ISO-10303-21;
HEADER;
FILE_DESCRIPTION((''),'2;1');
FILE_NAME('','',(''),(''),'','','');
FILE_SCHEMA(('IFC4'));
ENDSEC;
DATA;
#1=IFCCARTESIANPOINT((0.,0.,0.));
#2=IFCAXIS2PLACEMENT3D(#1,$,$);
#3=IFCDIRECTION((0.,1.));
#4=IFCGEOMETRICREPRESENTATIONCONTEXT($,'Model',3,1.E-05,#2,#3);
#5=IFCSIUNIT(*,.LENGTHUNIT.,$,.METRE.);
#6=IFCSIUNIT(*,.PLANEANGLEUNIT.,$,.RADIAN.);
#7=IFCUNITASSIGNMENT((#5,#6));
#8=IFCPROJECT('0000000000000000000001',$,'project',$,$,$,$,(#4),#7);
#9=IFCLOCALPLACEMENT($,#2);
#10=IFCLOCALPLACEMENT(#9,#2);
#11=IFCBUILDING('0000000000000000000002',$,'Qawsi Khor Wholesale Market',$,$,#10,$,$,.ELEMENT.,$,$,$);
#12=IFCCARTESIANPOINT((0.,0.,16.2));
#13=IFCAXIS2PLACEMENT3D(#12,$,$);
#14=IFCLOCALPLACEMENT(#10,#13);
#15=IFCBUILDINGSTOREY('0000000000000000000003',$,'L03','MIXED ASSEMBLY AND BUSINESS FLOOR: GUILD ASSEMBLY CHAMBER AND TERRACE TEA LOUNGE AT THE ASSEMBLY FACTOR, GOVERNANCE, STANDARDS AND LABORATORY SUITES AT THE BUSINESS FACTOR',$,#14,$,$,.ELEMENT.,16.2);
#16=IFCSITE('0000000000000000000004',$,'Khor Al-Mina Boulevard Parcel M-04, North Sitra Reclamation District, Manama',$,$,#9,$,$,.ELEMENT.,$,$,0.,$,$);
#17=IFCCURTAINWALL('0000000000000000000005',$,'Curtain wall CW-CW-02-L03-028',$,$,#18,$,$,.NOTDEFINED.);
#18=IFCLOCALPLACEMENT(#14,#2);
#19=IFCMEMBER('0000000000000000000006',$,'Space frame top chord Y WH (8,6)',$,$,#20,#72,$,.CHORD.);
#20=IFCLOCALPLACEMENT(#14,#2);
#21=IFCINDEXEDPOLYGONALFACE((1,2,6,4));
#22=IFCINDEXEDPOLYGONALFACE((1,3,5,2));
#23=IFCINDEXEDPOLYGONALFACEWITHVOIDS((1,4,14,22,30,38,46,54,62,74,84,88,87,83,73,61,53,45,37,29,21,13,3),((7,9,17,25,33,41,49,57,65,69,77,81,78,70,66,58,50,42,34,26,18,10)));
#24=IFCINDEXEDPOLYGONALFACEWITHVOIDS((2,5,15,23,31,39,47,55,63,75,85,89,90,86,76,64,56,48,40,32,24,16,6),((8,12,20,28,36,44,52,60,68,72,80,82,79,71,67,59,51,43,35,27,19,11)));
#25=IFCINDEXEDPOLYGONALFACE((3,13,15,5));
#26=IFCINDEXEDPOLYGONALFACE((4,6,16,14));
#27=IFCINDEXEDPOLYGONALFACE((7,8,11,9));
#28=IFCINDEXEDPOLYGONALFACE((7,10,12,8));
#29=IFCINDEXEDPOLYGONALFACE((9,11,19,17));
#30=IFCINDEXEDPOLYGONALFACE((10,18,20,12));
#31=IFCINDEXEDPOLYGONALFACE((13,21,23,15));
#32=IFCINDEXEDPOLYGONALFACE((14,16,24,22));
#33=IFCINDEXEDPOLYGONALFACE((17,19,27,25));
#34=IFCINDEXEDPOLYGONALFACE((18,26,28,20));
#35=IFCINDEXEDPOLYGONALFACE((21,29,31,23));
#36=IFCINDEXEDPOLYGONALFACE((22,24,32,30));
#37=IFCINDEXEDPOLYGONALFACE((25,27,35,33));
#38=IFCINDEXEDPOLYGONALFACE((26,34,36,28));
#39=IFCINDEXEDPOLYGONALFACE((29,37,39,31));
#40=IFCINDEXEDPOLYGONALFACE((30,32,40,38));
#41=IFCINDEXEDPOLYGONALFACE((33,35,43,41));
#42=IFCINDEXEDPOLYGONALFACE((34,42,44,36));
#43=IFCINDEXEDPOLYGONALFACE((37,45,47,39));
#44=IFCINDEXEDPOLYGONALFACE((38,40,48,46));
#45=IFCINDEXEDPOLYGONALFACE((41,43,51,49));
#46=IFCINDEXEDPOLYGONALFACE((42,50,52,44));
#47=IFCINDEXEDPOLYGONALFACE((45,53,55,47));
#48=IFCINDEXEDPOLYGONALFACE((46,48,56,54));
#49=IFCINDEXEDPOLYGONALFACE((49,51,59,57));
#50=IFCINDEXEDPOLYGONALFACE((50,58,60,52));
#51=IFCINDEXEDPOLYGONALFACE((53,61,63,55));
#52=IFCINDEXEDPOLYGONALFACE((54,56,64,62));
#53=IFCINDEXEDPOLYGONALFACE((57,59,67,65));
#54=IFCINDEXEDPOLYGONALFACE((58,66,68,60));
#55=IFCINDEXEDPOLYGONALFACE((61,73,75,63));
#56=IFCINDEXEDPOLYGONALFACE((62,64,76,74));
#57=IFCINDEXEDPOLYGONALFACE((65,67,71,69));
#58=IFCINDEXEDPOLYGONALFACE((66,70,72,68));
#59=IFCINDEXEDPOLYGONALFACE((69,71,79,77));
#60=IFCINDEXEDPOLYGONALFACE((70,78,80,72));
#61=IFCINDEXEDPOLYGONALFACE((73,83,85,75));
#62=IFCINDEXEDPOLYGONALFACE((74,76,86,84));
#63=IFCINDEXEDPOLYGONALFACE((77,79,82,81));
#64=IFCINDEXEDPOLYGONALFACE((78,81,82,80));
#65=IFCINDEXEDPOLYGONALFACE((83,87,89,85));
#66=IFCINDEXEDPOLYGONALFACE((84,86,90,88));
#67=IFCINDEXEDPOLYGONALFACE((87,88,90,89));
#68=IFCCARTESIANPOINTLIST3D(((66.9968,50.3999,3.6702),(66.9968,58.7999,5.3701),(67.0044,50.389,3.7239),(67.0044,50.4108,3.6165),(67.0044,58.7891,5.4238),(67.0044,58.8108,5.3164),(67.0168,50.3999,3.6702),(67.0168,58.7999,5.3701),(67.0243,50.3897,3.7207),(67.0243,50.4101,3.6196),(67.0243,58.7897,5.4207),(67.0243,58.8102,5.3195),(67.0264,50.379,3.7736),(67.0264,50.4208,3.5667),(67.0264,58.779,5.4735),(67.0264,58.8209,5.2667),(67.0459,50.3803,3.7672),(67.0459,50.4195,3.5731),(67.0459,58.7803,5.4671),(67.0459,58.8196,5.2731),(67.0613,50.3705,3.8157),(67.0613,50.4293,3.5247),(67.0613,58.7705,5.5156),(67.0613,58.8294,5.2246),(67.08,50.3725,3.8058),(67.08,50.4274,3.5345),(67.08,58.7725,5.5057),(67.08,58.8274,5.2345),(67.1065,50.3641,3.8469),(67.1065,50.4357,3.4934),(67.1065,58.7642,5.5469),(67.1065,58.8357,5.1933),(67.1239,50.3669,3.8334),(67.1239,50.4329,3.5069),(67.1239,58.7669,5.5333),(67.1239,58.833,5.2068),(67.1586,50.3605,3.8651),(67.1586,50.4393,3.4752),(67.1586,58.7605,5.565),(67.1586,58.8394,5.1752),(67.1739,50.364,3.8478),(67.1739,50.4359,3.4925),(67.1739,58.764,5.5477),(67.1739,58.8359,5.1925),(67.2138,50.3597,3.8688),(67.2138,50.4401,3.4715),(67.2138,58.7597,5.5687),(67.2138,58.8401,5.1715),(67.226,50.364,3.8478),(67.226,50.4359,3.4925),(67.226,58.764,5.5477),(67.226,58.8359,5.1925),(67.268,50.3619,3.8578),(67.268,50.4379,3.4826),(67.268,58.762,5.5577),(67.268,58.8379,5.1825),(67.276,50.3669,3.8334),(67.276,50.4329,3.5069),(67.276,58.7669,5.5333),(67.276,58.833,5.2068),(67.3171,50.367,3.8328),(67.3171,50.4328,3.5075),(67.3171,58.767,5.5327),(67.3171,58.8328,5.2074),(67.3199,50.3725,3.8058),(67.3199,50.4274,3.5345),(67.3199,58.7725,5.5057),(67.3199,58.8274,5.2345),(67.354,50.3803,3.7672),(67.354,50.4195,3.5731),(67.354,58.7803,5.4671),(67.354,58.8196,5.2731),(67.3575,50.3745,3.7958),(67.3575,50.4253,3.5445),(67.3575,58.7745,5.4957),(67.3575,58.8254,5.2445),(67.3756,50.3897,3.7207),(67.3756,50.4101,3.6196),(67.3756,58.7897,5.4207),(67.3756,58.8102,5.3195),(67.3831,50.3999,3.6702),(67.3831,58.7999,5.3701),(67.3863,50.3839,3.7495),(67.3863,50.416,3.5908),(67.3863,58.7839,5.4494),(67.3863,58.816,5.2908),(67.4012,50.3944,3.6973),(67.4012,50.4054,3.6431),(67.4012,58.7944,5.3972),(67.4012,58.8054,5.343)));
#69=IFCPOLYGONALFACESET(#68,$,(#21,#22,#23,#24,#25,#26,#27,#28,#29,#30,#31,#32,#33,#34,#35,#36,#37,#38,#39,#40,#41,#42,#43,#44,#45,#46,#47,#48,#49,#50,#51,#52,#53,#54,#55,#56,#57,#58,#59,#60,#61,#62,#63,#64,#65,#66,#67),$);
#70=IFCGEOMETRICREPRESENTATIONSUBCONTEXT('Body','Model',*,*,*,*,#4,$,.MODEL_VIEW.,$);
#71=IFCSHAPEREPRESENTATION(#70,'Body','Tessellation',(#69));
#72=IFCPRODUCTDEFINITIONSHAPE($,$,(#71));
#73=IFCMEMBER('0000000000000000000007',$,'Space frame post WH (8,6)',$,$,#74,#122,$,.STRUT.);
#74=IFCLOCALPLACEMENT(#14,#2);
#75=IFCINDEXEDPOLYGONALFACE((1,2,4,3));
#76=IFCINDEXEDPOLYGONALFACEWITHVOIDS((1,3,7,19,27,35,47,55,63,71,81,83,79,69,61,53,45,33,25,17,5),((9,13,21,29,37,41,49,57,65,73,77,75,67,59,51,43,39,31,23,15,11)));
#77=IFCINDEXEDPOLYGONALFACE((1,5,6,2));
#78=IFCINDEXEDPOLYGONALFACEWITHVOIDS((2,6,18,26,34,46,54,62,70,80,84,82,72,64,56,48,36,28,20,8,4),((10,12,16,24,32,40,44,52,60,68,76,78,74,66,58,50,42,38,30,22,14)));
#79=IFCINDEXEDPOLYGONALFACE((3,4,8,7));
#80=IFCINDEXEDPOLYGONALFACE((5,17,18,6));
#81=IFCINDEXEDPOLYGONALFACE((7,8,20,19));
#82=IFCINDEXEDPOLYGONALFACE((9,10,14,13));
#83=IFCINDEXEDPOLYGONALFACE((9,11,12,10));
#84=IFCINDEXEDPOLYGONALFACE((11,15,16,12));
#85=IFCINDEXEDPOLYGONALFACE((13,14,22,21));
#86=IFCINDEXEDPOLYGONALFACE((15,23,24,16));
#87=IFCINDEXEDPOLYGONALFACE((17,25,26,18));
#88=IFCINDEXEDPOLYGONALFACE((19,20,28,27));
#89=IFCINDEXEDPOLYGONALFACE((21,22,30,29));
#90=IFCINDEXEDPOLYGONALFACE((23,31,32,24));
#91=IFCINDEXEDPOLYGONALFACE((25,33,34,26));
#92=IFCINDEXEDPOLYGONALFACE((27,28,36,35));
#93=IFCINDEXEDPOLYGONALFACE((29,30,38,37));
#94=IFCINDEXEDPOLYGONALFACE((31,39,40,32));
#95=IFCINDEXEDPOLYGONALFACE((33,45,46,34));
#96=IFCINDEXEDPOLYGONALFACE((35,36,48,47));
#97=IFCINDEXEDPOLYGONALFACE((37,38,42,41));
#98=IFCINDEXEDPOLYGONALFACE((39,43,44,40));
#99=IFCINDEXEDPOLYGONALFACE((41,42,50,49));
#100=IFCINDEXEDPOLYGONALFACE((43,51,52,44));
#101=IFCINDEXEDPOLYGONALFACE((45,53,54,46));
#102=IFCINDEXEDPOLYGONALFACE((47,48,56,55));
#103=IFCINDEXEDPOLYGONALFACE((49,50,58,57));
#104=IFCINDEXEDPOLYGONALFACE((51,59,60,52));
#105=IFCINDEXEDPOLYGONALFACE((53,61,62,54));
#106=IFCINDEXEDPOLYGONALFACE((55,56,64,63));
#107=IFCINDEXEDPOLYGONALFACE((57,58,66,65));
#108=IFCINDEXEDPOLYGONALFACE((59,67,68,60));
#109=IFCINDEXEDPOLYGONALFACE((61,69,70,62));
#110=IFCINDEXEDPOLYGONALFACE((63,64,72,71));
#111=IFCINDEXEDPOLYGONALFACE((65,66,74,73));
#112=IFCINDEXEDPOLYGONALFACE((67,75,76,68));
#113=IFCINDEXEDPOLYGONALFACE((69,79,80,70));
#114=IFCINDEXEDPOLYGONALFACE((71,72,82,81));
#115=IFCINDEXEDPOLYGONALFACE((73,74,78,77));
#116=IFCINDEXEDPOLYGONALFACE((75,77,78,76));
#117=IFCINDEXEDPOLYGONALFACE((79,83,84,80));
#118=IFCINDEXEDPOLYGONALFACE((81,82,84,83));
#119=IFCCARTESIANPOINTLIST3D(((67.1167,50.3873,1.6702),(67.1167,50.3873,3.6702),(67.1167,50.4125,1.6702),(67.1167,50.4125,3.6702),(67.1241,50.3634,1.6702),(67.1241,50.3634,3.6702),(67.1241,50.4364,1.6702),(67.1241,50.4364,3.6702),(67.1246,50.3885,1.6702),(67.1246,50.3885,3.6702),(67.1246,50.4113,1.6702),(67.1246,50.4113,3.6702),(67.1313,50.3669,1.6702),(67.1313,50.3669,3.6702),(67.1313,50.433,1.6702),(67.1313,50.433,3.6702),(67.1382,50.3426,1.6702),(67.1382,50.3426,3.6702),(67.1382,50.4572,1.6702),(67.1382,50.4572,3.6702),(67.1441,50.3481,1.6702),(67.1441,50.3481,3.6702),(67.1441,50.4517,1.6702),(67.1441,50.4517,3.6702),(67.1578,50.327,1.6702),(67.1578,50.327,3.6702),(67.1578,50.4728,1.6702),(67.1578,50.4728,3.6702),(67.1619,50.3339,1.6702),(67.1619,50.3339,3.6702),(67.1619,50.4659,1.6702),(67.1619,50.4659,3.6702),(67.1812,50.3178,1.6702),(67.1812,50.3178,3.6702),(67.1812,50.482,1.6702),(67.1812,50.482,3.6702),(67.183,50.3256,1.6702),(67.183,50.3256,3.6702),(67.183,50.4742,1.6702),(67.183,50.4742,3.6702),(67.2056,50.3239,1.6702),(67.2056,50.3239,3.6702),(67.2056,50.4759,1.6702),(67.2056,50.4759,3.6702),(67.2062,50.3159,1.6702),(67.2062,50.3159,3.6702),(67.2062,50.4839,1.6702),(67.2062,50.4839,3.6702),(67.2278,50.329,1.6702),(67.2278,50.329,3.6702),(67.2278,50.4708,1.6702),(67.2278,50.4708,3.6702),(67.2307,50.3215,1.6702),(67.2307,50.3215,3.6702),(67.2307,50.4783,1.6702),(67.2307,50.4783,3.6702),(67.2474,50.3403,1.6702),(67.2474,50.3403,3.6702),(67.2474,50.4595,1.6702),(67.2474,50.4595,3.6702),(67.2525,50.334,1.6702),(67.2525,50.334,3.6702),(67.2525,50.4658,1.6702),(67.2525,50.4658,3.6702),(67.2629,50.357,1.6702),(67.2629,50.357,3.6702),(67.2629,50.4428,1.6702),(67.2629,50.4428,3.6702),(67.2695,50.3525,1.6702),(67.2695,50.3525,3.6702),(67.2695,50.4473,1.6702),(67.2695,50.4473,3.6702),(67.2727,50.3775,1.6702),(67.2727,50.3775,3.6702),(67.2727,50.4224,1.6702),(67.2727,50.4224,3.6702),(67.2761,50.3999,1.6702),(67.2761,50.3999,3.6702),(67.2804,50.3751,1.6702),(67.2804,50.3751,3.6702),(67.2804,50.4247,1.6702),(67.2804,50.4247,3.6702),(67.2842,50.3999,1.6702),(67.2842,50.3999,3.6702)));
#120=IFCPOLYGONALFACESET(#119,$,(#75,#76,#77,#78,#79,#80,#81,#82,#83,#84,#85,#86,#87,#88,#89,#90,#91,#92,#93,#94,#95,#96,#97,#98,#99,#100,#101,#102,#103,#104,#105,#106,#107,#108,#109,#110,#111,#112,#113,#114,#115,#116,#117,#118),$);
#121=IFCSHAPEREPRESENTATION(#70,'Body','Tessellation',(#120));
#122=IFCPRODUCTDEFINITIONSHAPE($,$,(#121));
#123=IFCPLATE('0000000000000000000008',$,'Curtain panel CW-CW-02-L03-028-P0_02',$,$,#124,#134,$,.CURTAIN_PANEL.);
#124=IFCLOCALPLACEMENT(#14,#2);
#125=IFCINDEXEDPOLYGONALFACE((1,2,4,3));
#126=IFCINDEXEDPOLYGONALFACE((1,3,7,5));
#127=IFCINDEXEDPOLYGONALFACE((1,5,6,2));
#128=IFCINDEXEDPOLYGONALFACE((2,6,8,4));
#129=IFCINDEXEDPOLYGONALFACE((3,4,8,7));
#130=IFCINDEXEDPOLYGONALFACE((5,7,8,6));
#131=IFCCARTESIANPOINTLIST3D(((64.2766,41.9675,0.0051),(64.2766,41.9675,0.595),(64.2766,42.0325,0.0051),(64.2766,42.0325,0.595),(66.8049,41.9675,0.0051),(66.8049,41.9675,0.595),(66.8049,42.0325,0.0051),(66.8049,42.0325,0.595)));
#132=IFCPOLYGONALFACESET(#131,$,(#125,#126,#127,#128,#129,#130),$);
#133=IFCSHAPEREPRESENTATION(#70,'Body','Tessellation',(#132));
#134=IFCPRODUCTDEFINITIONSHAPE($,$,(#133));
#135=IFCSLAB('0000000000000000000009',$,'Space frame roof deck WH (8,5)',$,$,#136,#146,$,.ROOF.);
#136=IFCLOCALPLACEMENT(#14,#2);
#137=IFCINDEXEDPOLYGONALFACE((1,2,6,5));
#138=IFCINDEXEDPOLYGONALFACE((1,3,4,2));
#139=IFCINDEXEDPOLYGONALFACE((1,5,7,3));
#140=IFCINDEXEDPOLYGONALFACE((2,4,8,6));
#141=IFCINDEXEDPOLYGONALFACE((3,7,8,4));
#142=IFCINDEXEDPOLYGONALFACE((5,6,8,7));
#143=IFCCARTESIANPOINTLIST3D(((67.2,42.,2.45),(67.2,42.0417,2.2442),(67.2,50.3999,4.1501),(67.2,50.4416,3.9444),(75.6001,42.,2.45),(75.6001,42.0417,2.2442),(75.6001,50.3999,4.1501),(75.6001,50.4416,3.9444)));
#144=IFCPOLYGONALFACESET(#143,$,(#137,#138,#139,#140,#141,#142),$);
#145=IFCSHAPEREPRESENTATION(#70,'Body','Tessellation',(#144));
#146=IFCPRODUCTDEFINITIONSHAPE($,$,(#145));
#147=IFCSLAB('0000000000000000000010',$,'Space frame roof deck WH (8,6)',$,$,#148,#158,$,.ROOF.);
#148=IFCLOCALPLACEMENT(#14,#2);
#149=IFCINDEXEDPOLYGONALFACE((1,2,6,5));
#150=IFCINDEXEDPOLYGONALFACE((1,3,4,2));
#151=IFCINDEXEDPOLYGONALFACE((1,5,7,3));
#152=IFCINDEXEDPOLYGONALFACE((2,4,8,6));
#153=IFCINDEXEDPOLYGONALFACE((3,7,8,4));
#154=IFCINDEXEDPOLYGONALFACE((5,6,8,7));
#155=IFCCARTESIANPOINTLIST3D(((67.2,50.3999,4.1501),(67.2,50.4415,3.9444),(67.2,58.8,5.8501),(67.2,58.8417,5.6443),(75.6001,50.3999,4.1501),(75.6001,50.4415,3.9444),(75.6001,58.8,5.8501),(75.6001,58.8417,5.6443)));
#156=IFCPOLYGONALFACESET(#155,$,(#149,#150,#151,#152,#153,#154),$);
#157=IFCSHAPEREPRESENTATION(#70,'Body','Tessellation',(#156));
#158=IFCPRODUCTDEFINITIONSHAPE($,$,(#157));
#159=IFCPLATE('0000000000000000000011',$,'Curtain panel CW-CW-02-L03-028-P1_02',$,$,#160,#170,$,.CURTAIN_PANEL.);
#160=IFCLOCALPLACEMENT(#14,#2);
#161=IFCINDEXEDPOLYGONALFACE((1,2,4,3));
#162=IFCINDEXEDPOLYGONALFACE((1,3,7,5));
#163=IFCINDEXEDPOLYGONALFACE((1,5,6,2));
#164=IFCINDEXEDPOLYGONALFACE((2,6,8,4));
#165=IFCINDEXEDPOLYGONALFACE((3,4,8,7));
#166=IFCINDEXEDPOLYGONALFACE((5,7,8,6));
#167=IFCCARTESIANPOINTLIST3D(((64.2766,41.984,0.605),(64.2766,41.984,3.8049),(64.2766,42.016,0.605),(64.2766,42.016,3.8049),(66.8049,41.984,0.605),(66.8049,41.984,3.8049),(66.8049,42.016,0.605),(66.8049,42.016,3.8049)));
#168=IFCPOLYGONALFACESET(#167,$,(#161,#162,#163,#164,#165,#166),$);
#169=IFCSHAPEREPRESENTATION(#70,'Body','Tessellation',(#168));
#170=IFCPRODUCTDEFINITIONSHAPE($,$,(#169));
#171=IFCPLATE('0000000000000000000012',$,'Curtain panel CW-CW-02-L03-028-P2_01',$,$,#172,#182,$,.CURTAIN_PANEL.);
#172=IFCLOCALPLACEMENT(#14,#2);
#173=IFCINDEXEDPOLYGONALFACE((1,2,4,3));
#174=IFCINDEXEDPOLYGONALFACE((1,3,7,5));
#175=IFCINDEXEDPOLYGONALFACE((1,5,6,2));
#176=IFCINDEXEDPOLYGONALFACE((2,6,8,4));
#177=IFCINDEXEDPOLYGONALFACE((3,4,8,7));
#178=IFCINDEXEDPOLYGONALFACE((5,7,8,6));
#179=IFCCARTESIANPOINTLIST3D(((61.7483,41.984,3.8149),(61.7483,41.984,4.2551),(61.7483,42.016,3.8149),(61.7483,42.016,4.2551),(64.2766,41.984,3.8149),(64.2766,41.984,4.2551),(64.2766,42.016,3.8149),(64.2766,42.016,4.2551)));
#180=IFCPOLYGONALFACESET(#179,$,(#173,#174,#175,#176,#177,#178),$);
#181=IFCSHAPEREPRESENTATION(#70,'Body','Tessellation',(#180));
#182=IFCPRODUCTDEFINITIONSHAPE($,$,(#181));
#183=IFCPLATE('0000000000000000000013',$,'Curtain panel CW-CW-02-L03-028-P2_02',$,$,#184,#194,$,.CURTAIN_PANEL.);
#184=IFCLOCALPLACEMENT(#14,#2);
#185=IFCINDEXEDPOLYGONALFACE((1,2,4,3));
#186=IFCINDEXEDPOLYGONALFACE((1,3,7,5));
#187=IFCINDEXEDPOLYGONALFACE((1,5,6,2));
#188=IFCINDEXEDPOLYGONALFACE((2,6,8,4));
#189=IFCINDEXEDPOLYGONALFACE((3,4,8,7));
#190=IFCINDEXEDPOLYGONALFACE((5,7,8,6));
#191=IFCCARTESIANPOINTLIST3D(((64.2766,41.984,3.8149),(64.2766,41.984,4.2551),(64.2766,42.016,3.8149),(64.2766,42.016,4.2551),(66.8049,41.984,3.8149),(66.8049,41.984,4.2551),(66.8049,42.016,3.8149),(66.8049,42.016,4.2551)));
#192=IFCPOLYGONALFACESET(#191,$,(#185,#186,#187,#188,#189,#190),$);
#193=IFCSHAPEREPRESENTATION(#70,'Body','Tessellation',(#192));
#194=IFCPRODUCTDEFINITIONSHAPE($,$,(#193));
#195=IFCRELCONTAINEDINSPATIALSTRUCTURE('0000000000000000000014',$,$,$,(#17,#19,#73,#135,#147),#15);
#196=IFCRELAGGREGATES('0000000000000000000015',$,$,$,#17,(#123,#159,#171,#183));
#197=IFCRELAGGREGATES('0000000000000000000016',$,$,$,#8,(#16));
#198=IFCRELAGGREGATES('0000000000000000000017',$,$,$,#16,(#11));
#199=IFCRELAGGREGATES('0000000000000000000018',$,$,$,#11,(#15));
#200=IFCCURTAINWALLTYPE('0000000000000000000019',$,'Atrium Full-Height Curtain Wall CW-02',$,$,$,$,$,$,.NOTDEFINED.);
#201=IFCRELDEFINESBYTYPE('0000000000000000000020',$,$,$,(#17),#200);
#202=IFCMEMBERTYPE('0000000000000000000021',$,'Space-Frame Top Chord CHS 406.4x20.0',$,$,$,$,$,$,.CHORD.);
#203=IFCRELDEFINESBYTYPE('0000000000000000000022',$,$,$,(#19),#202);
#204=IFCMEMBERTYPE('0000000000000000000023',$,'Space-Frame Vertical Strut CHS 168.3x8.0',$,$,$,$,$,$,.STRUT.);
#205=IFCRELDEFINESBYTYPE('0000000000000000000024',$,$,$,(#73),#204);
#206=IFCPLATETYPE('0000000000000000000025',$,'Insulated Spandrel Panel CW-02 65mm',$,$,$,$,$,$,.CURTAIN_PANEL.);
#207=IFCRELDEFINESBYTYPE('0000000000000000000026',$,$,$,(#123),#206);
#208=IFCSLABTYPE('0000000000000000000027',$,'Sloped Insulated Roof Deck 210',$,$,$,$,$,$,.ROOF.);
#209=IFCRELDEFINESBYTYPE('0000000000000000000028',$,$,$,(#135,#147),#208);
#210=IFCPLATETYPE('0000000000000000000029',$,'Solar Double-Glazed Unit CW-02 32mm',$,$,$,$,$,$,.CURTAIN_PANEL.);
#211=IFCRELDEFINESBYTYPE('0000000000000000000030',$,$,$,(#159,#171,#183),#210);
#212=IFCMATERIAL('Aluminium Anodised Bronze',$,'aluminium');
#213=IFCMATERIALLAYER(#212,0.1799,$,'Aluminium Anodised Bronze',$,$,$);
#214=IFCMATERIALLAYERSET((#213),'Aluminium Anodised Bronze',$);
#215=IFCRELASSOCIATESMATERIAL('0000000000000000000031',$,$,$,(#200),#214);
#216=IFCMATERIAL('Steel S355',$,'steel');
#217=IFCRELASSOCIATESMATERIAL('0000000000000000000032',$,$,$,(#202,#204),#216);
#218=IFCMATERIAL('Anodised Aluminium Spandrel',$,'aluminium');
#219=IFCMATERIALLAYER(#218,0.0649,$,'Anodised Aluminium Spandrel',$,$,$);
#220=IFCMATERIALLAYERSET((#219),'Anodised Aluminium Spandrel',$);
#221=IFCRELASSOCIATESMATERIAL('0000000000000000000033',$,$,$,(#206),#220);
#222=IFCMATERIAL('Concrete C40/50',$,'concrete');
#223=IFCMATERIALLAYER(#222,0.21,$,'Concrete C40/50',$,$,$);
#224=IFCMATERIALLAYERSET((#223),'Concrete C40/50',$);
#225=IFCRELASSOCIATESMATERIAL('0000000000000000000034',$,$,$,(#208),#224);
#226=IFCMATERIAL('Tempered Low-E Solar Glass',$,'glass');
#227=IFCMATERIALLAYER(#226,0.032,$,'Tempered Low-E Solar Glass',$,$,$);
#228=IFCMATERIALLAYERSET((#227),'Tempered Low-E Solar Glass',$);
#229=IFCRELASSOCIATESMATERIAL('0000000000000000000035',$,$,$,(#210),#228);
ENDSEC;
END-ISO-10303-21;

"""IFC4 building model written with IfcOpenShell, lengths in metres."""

from ifc_helpers import new_model, si_unit, direction, frame, frame_2d, origin, origin_2d, place, context, subcontext, project, spatial, polyline, rectangle, hollow_circle, outline, extrude, material, layer, layer_set, material_profile, profile_set, type_object, element, aggregate, save


model = new_model("IFC4")

# Units and contexts
model_context = context("Model", 3, precision=1e-05, world=origin(), true_north=direction((0.0, 1.0)))
body_context = subcontext(model_context, "Body", "Model", "MODEL_VIEW")
ifc_project = project(units=[si_unit("LENGTHUNIT", "METRE"), si_unit("PLANEANGLEUNIT", "RADIAN")], contexts=[model_context])

# Site, building, storey
site_placement = place(None, origin())
site = spatial("IfcSite", under=ifc_project, at=site_placement, Name="Khor Al-Mina Boulevard Parcel M-04, North Sitra Reclamation District, Manama", CompositionType="ELEMENT", RefElevation=0.0)
building_placement = place(site_placement, origin())
building = spatial("IfcBuilding", under=site, at=building_placement, Name="Qawsi Khor Wholesale Market", CompositionType="ELEMENT")
storey_placement = place(building_placement, frame((0.0, 0.0, 16.2)))
storey = spatial("IfcBuildingStorey", under=building, at=storey_placement, Name="L03", Description="MIXED ASSEMBLY AND BUSINESS FLOOR: GUILD ASSEMBLY CHAMBER AND TERRACE TEA LOUNGE AT THE ASSEMBLY FACTOR, GOVERNANCE, STANDARDS AND LABORATORY SUITES AT THE BUSINESS FACTOR", CompositionType="ELEMENT", Elevation=16.2)

# Shared definitions
ifc_material_1 = material(Name="Concrete C40/50", Category="concrete")

# Curtain wall
ifc_material_2 = material(Name="Aluminium Anodised Bronze", Category="aluminium")
ifc_layer_1 = layer(ifc_material_2, 0.1799, Name="Aluminium Anodised Bronze")
ifc_layer_set_1 = layer_set([ifc_layer_1], Name="Aluminium Anodised Bronze")
curtain_wall_type = type_object("IfcCurtainWallType", Name="Atrium Full-Height Curtain Wall CW-02", PredefinedType="NOTDEFINED", material=ifc_layer_set_1)
curtain_wall_placement = place(storey_placement, origin())
curtain_wall = element("IfcCurtainWall", 1, at=curtain_wall_placement, inside=storey, type_object=curtain_wall_type, Name="Curtain wall CW-CW-02-L03-028", PredefinedType="NOTDEFINED")

# Members
ifc_material_3 = material(Name="Steel S355", Category="steel")
ifc_material_profile_1 = material_profile(ifc_material_3, hollow_circle(Radius=0.2031, WallThickness=0.02, at=origin_2d()), Name="CHS 406.4x20.0")
ifc_profile_set_1 = profile_set([ifc_material_profile_1], Name="Steel S355")
member_type_1 = type_object("IfcMemberType", Name="Space-Frame Top Chord CHS 406.4x20.0", PredefinedType="CHORD", material=ifc_profile_set_1)
member_1_placement = place(storey_placement, frame((67.2, 50.3999, 3.6702), z_axis=(0.0, 0.980131, 0.198351), x_axis=(-1.0, 0.0, 0.0)))
element("IfcMember", 2, at=member_1_placement, inside=storey, type_object=member_type_1, Name="Space frame top chord Y WH (8,6)", PredefinedType="CHORD", context=body_context, shape_type="SweptSolid", body=[
    extrude(hollow_circle(Radius=0.2031, WallThickness=0.02, at=origin_2d()), origin(), (0.0, 0.0, 1.0), 8.5703),
])
ifc_material_profile_2 = material_profile(ifc_material_3, hollow_circle(Radius=0.0842, WallThickness=0.0081, at=origin_2d()), Name="CHS 168.3x8.0")
ifc_profile_set_2 = profile_set([ifc_material_profile_2], Name="Steel S355")
member_type_2 = type_object("IfcMemberType", Name="Space-Frame Vertical Strut CHS 168.3x8.0", PredefinedType="STRUT", material=ifc_profile_set_2)
member_2_placement = place(storey_placement, frame((67.2, 50.3999, 1.6702), z_axis=(0.0, 0.0, 1.0), x_axis=(1.0, 0.0, 0.0)))
element("IfcMember", 3, at=member_2_placement, inside=storey, type_object=member_type_2, Name="Space frame post WH (8,6)", PredefinedType="STRUT", context=body_context, shape_type="SweptSolid", body=[
    extrude(hollow_circle(Radius=0.0842, WallThickness=0.0081, at=origin_2d()), origin(), (0.0, 0.0, 1.0), 2.0),
])

# Plate
ifc_material_4 = material(Name="Anodised Aluminium Spandrel", Category="aluminium")
ifc_layer_2 = layer(ifc_material_4, 0.0649, Name="Anodised Aluminium Spandrel")
ifc_layer_set_2 = layer_set([ifc_layer_2], Name="Anodised Aluminium Spandrel")
plate_type_1 = type_object("IfcPlateType", Name="Insulated Spandrel Panel CW-02 65mm", PredefinedType="CURTAIN_PANEL", material=ifc_layer_set_2)
plate_1_placement = place(storey_placement, frame((64.2766, 42.0, 0.0051), z_axis=(0.0, 0.0, 1.0), x_axis=(1.0, 0.0, 0.0)))
plate_1 = element("IfcPlate", 4, at=plate_1_placement, type_object=plate_type_1, Name="Curtain panel CW-CW-02-L03-028-P0_02", PredefinedType="CURTAIN_PANEL", context=body_context, shape_type="SweptSolid", body=[
    extrude(rectangle(XDim=2.5283, YDim=0.0649, at=frame_2d((1.2642, 0.0))), origin(), (0.0, 0.0, 1.0), 0.5898),
])

# Slabs
ifc_layer_3 = layer(ifc_material_1, 0.21, Name="Concrete C40/50")
ifc_layer_set_3 = layer_set([ifc_layer_3], Name="Concrete C40/50")
slab_type = type_object("IfcSlabType", Name="Sloped Insulated Roof Deck 210", PredefinedType="ROOF", material=ifc_layer_set_3)
slab_1_placement = place(storey_placement, frame((67.2, 42.0, 2.45), z_axis=(0.0, -0.198384, 0.980124), x_axis=(1.0, 0.0, 0.0)))
element("IfcSlab", 5, at=slab_1_placement, inside=storey, type_object=slab_type, Name="Space frame roof deck WH (8,5)", PredefinedType="ROOF", context=body_context, shape_type="SweptSolid", body=[
    extrude(outline(polyline([(0.0, 0.0), (8.4001, 0.0), (8.4001, 8.5702), (0.0, 8.5702), (0.0, 0.0)])), origin(), (0.0, 0.0, -1.0), 0.21),
])
slab_2_placement = place(storey_placement, frame((67.2, 50.3999, 4.1501), z_axis=(0.0, -0.198351, 0.980131), x_axis=(1.0, 0.0, 0.0)))
element("IfcSlab", 6, at=slab_2_placement, inside=storey, type_object=slab_type, Name="Space frame roof deck WH (8,6)", PredefinedType="ROOF", context=body_context, shape_type="SweptSolid", body=[
    extrude(outline(polyline([(0.0, 0.0), (8.4001, 0.0), (8.4001, 8.5704), (0.0, 8.5704), (0.0, 0.0)])), origin(), (0.0, 0.0, -1.0), 0.21),
])

# Plates
ifc_material_5 = material(Name="Tempered Low-E Solar Glass", Category="glass")
ifc_layer_4 = layer(ifc_material_5, 0.032, Name="Tempered Low-E Solar Glass")
ifc_layer_set_4 = layer_set([ifc_layer_4], Name="Tempered Low-E Solar Glass")
plate_type_2 = type_object("IfcPlateType", Name="Solar Double-Glazed Unit CW-02 32mm", PredefinedType="CURTAIN_PANEL", material=ifc_layer_set_4)
plate_2_placement = place(storey_placement, frame((64.2766, 42.0, 0.605), z_axis=(0.0, 0.0, 1.0), x_axis=(1.0, 0.0, 0.0)))
plate_2 = element("IfcPlate", 7, at=plate_2_placement, type_object=plate_type_2, Name="Curtain panel CW-CW-02-L03-028-P1_02", PredefinedType="CURTAIN_PANEL", context=body_context, shape_type="SweptSolid", body=[
    extrude(rectangle(XDim=2.5283, YDim=0.032, at=frame_2d((1.2642, 0.0))), origin(), (0.0, 0.0, 1.0), 3.2),
])
plate_3_placement = place(storey_placement, frame((61.7483, 42.0, 3.8149), z_axis=(0.0, 0.0, 1.0), x_axis=(1.0, 0.0, 0.0)))
plate_3 = element("IfcPlate", 8, at=plate_3_placement, type_object=plate_type_2, Name="Curtain panel CW-CW-02-L03-028-P2_01", PredefinedType="CURTAIN_PANEL", context=body_context, shape_type="SweptSolid", body=[
    extrude(rectangle(XDim=2.5283, YDim=0.032, at=frame_2d((1.2642, 0.0))), origin(), (0.0, 0.0, 1.0), 0.4402),
])
plate_4_placement = place(storey_placement, frame((64.2766, 42.0, 3.8149), z_axis=(0.0, 0.0, 1.0), x_axis=(1.0, 0.0, 0.0)))
plate_4 = element("IfcPlate", 9, at=plate_4_placement, type_object=plate_type_2, Name="Curtain panel CW-CW-02-L03-028-P2_02", PredefinedType="CURTAIN_PANEL", context=body_context, shape_type="SweptSolid", body=[
    extrude(rectangle(XDim=2.5283, YDim=0.032, at=frame_2d((1.2642, 0.0))), origin(), (0.0, 0.0, 1.0), 0.4402),
])
aggregate(curtain_wall, [plate_1, plate_2, plate_3, plate_4])

save(model, "model.ifc")
